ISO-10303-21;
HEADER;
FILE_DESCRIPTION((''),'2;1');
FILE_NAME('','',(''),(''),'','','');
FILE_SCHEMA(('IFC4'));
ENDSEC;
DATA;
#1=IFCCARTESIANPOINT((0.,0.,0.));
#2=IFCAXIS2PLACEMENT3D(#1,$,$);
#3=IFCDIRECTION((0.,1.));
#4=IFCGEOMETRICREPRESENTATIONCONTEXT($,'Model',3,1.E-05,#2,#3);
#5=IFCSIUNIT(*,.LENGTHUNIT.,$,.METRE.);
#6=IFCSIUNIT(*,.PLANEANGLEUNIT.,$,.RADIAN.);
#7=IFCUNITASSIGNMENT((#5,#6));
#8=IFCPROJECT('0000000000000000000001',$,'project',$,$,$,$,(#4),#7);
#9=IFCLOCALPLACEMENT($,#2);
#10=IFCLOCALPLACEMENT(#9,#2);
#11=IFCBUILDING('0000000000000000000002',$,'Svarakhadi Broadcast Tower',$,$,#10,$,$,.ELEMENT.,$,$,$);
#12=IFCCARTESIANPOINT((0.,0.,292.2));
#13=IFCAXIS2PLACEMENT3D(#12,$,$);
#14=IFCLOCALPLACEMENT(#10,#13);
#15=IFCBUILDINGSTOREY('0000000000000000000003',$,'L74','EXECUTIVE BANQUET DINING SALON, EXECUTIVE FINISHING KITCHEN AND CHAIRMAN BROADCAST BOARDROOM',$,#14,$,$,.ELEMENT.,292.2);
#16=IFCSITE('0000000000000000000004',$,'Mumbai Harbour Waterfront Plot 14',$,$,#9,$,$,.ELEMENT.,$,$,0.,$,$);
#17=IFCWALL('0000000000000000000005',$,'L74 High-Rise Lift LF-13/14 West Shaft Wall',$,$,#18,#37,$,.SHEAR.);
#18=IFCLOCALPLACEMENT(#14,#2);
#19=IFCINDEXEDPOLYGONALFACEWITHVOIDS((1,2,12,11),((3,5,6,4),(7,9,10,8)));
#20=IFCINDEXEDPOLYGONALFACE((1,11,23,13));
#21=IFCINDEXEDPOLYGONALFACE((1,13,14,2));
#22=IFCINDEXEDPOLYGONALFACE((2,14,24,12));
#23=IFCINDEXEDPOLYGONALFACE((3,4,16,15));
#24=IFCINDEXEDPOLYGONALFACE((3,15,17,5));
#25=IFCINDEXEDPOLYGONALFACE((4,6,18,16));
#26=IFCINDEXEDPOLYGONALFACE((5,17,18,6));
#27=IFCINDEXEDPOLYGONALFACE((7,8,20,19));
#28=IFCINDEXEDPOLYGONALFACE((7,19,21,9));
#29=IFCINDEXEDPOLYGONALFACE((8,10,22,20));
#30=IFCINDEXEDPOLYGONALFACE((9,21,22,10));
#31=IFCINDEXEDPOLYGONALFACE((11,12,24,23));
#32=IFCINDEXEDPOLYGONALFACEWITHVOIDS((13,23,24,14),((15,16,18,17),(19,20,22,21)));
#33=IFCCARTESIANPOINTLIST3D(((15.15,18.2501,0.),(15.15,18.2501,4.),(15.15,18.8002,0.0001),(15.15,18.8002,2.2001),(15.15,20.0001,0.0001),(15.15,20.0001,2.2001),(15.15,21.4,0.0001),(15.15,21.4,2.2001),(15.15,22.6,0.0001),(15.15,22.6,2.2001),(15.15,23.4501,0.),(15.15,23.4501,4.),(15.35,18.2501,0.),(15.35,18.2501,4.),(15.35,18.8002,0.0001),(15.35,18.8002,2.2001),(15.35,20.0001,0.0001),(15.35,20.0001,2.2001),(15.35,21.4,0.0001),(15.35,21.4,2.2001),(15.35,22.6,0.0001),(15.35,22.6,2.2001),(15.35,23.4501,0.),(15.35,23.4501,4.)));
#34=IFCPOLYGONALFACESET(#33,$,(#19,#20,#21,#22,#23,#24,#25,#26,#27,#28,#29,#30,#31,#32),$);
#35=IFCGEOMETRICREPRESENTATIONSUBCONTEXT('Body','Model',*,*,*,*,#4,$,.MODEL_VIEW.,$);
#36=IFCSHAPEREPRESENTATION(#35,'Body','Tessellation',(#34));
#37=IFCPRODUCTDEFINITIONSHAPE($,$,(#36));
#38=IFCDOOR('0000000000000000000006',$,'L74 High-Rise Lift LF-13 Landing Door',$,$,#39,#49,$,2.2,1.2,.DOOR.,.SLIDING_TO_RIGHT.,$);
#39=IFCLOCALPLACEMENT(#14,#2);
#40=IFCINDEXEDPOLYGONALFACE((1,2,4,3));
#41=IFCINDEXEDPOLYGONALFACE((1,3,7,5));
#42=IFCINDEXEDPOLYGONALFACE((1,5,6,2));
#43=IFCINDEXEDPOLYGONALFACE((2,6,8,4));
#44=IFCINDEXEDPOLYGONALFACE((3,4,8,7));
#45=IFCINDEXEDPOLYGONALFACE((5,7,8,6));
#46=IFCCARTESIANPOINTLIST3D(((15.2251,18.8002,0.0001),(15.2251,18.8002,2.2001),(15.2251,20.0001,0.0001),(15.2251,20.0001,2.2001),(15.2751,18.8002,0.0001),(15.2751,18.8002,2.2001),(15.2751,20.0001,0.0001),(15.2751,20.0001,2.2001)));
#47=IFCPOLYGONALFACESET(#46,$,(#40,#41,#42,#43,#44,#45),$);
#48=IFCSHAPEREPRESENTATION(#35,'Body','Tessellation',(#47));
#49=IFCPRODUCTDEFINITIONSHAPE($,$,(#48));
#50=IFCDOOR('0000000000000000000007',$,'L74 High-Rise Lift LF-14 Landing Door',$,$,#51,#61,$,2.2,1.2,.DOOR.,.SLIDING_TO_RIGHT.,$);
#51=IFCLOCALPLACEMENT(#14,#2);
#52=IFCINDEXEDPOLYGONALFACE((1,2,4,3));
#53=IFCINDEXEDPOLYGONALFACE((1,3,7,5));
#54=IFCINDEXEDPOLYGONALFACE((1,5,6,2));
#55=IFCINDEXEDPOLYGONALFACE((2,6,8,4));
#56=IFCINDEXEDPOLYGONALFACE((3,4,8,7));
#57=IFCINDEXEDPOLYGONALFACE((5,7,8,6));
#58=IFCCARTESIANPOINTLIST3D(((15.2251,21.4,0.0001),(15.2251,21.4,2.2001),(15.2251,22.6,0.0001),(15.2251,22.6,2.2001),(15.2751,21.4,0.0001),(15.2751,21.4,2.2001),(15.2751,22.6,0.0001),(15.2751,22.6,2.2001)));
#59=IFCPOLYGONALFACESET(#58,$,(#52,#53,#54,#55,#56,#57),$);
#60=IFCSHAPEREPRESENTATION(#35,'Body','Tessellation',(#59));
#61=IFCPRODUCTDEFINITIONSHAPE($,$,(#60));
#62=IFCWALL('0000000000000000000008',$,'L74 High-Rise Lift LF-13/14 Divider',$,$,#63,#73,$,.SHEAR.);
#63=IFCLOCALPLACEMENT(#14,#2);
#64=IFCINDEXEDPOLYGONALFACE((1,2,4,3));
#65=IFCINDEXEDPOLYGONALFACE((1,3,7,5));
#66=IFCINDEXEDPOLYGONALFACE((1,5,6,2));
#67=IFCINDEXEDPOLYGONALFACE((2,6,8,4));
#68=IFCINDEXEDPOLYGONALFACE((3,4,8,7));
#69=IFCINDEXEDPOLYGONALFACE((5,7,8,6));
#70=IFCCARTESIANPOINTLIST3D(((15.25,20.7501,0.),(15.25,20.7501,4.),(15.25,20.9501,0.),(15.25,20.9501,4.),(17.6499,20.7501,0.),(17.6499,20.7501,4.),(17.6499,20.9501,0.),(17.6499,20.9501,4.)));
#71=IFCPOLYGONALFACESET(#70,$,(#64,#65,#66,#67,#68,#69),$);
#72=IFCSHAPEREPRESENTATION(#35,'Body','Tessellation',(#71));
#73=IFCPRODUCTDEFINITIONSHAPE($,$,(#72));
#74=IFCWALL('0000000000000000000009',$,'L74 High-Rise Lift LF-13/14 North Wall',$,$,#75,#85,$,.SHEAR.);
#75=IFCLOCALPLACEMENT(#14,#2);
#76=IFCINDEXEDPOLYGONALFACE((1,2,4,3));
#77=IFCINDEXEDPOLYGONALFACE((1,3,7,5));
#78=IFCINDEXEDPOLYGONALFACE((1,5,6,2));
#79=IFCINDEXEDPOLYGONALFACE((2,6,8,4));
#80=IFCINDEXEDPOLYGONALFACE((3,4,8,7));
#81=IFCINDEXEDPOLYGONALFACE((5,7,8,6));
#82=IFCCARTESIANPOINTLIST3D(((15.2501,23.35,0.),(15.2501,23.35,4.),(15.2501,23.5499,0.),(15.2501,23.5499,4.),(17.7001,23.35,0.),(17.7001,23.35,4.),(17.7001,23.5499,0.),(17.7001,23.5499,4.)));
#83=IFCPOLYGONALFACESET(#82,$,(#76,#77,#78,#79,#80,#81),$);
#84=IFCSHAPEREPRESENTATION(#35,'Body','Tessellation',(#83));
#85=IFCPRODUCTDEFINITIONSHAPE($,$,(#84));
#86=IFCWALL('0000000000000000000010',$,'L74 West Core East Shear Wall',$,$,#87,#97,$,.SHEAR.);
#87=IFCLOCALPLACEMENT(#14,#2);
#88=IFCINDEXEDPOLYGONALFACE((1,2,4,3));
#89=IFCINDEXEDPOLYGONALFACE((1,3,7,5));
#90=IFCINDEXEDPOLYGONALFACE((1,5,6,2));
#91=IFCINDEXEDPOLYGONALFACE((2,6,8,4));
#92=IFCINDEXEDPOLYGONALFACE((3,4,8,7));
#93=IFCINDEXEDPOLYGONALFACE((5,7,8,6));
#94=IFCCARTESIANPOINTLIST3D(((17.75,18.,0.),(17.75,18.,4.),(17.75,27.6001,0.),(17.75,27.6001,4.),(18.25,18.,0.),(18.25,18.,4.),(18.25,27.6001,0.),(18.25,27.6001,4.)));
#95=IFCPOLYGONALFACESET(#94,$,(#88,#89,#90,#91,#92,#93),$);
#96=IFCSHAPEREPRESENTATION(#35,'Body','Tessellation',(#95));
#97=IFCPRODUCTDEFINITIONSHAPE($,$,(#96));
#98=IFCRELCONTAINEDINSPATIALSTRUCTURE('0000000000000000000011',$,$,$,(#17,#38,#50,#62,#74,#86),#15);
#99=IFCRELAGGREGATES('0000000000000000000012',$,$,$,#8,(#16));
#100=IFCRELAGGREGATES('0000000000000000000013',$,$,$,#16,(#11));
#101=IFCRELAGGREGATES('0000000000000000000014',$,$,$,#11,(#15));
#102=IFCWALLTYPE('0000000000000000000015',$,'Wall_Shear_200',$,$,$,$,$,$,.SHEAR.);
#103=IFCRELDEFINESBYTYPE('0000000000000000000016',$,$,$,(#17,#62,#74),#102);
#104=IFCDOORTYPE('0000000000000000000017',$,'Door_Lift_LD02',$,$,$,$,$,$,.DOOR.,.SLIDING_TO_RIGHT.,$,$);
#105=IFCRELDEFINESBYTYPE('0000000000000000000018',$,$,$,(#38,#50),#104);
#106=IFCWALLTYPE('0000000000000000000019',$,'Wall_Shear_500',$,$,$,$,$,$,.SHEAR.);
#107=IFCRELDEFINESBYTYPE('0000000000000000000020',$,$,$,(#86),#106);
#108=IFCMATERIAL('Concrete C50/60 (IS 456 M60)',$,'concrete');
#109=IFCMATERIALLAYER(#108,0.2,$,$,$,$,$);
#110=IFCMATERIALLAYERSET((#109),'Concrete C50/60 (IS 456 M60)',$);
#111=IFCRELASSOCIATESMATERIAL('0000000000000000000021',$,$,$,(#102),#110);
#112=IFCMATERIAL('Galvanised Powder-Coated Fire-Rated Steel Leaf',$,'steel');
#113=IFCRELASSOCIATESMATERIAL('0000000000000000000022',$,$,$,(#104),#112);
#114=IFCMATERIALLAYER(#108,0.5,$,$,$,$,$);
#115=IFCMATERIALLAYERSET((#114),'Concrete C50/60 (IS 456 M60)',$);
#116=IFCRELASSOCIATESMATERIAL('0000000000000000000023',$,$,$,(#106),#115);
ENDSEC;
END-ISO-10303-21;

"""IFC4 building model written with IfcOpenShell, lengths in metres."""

from ifc_helpers import new_model, si_unit, direction, frame, frame_2d, origin, place, context, subcontext, project, spatial, rectangle, extrude, material, layer, layer_set, type_object, element, fill, save


model = new_model("IFC4")

# Units and contexts
model_context = context("Model", 3, precision=1e-05, world=origin(), true_north=direction((0.0, 1.0)))
body_context = subcontext(model_context, "Body", "Model", "MODEL_VIEW")
ifc_project = project(units=[si_unit("LENGTHUNIT", "METRE"), si_unit("PLANEANGLEUNIT", "RADIAN")], contexts=[model_context])

# Site, building, storey
site_placement = place(None, origin())
site = spatial("IfcSite", under=ifc_project, at=site_placement, Name="Mumbai Harbour Waterfront Plot 14", CompositionType="ELEMENT", RefElevation=0.0)
building_placement = place(site_placement, origin())
building = spatial("IfcBuilding", under=site, at=building_placement, Name="Svarakhadi Broadcast Tower", CompositionType="ELEMENT")
storey_placement = place(building_placement, frame((0.0, 0.0, 292.2)))
storey = spatial("IfcBuildingStorey", under=building, at=storey_placement, Name="L74", Description="EXECUTIVE BANQUET DINING SALON, EXECUTIVE FINISHING KITCHEN AND CHAIRMAN BROADCAST BOARDROOM", CompositionType="ELEMENT", Elevation=292.2)

# Shared definitions
ifc_material_1 = material(Name="Concrete C50/60 (IS 456 M60)", Category="concrete")

# Shared definitions
ifc_material_2 = material(Name="Galvanised Powder-Coated Fire-Rated Steel Leaf", Category="steel")

# Shared definitions
ifc_layer_1 = layer(ifc_material_1, 0.2)
ifc_layer_set_1 = layer_set([ifc_layer_1], Name="Concrete C50/60 (IS 456 M60)")
wall_type_1 = type_object("IfcWallType", Name="Wall_Shear_200", PredefinedType="SHEAR", material=ifc_layer_set_1)

# Wall, openings, doors
wall_1_placement = place(storey_placement, frame((15.25, 18.25, 0.0), z_axis=(0.0, 0.0, 1.0), x_axis=(0.0, 1.0, 0.0)))
wall_1 = element("IfcWall", 1, at=wall_1_placement, inside=storey, type_object=wall_type_1, Name="L74 High-Rise Lift LF-13/14 West Shaft Wall", PredefinedType="SHEAR", context=body_context, shape_type="SweptSolid", body=[
    extrude(rectangle(XDim=5.2, YDim=0.2, at=frame_2d((2.6001, 0.0))), origin(), (0.0, 0.0, 1.0), 4.0),
])
opening_1_placement = place(wall_1_placement, frame((0.55, 0.0, 0.0)))
opening_1 = element("IfcOpeningElement", 2, at=opening_1_placement, cuts=wall_1, PredefinedType="OPENING", context=body_context, shape_type="SweptSolid", body=[
    extrude(rectangle(XDim=1.2, YDim=2.2, at=frame_2d((0.6001, 1.1001))), frame((0.0, 0.1099, 0.0), z_axis=(0.0, -1.0, 0.0), x_axis=(1.0, 0.0, 0.0)), (0.0, 0.0, 1.0), 0.22),
])
opening_2_placement = place(wall_1_placement, frame((3.1499, 0.0, 0.0)))
opening_2 = element("IfcOpeningElement", 3, at=opening_2_placement, cuts=wall_1, PredefinedType="OPENING", context=body_context, shape_type="SweptSolid", body=[
    extrude(rectangle(XDim=1.2, YDim=2.2, at=frame_2d((0.6001, 1.1001))), frame((0.0, 0.1099, 0.0), z_axis=(0.0, -1.0, 0.0), x_axis=(1.0, 0.0, 0.0)), (0.0, 0.0, 1.0), 0.22),
])
door_type_1 = type_object("IfcDoorType", Name="Door_Lift_LD02", OperationType="SLIDING_TO_RIGHT", PredefinedType="DOOR", material=ifc_material_2)
door_1_placement = place(opening_1_placement, origin())
door_1 = element("IfcDoor", 4, at=door_1_placement, inside=storey, type_object=door_type_1, Name="L74 High-Rise Lift LF-13 Landing Door", OperationType="SLIDING_TO_RIGHT", OverallHeight=2.2, OverallWidth=1.2, PredefinedType="DOOR", context=body_context, shape_type="SweptSolid", body=[
    extrude(rectangle(XDim=1.2, YDim=2.2, at=frame_2d((0.6001, 1.1001))), frame((0.0, 0.0249, 0.0), z_axis=(0.0, -1.0, 0.0), x_axis=(1.0, 0.0, 0.0)), (0.0, 0.0, 1.0), 0.05),
])
fill(opening_1, door_1)
door_2_placement = place(opening_2_placement, origin())
door_2 = element("IfcDoor", 5, at=door_2_placement, inside=storey, type_object=door_type_1, Name="L74 High-Rise Lift LF-14 Landing Door", OperationType="SLIDING_TO_RIGHT", OverallHeight=2.2, OverallWidth=1.2, PredefinedType="DOOR", context=body_context, shape_type="SweptSolid", body=[
    extrude(rectangle(XDim=1.2, YDim=2.2, at=frame_2d((0.6001, 1.1001))), frame((0.0, 0.0249, 0.0), z_axis=(0.0, -1.0, 0.0), x_axis=(1.0, 0.0, 0.0)), (0.0, 0.0, 1.0), 0.05),
])
fill(opening_2, door_2)

# Walls
wall_2_placement = place(storey_placement, frame((15.25, 20.8501, 0.0), z_axis=(0.0, 0.0, 1.0), x_axis=(1.0, 0.0, 0.0)))
element("IfcWall", 6, at=wall_2_placement, inside=storey, type_object=wall_type_1, Name="L74 High-Rise Lift LF-13/14 Divider", PredefinedType="SHEAR", context=body_context, shape_type="SweptSolid", body=[
    extrude(rectangle(XDim=2.3999, YDim=0.2, at=frame_2d((1.2, 0.0))), origin(), (0.0, 0.0, 1.0), 4.0),
])
wall_3_placement = place(storey_placement, frame((15.25, 23.45, 0.0), z_axis=(0.0, 0.0, 1.0), x_axis=(1.0, 0.0, 0.0)))
element("IfcWall", 7, at=wall_3_placement, inside=storey, type_object=wall_type_1, Name="L74 High-Rise Lift LF-13/14 North Wall", PredefinedType="SHEAR", context=body_context, shape_type="SweptSolid", body=[
    extrude(rectangle(XDim=2.45, YDim=0.2, at=frame_2d((1.2251, 0.0))), origin(), (0.0, 0.0, 1.0), 4.0),
])
ifc_layer_2 = layer(ifc_material_1, 0.5)
ifc_layer_set_2 = layer_set([ifc_layer_2], Name="Concrete C50/60 (IS 456 M60)")
wall_type_2 = type_object("IfcWallType", Name="Wall_Shear_500", PredefinedType="SHEAR", material=ifc_layer_set_2)
wall_4_placement = place(storey_placement, frame((18.0, 18.0, 0.0), z_axis=(0.0, 0.0, 1.0), x_axis=(0.0, 1.0, 0.0)))
element("IfcWall", 8, at=wall_4_placement, inside=storey, type_object=wall_type_2, Name="L74 West Core East Shear Wall", PredefinedType="SHEAR", context=body_context, shape_type="SweptSolid", body=[
    extrude(rectangle(XDim=9.6001, YDim=0.5, at=frame_2d((4.8, 0.0))), origin(), (0.0, 0.0, 1.0), 4.0),
])

save(model, "model.ifc")
